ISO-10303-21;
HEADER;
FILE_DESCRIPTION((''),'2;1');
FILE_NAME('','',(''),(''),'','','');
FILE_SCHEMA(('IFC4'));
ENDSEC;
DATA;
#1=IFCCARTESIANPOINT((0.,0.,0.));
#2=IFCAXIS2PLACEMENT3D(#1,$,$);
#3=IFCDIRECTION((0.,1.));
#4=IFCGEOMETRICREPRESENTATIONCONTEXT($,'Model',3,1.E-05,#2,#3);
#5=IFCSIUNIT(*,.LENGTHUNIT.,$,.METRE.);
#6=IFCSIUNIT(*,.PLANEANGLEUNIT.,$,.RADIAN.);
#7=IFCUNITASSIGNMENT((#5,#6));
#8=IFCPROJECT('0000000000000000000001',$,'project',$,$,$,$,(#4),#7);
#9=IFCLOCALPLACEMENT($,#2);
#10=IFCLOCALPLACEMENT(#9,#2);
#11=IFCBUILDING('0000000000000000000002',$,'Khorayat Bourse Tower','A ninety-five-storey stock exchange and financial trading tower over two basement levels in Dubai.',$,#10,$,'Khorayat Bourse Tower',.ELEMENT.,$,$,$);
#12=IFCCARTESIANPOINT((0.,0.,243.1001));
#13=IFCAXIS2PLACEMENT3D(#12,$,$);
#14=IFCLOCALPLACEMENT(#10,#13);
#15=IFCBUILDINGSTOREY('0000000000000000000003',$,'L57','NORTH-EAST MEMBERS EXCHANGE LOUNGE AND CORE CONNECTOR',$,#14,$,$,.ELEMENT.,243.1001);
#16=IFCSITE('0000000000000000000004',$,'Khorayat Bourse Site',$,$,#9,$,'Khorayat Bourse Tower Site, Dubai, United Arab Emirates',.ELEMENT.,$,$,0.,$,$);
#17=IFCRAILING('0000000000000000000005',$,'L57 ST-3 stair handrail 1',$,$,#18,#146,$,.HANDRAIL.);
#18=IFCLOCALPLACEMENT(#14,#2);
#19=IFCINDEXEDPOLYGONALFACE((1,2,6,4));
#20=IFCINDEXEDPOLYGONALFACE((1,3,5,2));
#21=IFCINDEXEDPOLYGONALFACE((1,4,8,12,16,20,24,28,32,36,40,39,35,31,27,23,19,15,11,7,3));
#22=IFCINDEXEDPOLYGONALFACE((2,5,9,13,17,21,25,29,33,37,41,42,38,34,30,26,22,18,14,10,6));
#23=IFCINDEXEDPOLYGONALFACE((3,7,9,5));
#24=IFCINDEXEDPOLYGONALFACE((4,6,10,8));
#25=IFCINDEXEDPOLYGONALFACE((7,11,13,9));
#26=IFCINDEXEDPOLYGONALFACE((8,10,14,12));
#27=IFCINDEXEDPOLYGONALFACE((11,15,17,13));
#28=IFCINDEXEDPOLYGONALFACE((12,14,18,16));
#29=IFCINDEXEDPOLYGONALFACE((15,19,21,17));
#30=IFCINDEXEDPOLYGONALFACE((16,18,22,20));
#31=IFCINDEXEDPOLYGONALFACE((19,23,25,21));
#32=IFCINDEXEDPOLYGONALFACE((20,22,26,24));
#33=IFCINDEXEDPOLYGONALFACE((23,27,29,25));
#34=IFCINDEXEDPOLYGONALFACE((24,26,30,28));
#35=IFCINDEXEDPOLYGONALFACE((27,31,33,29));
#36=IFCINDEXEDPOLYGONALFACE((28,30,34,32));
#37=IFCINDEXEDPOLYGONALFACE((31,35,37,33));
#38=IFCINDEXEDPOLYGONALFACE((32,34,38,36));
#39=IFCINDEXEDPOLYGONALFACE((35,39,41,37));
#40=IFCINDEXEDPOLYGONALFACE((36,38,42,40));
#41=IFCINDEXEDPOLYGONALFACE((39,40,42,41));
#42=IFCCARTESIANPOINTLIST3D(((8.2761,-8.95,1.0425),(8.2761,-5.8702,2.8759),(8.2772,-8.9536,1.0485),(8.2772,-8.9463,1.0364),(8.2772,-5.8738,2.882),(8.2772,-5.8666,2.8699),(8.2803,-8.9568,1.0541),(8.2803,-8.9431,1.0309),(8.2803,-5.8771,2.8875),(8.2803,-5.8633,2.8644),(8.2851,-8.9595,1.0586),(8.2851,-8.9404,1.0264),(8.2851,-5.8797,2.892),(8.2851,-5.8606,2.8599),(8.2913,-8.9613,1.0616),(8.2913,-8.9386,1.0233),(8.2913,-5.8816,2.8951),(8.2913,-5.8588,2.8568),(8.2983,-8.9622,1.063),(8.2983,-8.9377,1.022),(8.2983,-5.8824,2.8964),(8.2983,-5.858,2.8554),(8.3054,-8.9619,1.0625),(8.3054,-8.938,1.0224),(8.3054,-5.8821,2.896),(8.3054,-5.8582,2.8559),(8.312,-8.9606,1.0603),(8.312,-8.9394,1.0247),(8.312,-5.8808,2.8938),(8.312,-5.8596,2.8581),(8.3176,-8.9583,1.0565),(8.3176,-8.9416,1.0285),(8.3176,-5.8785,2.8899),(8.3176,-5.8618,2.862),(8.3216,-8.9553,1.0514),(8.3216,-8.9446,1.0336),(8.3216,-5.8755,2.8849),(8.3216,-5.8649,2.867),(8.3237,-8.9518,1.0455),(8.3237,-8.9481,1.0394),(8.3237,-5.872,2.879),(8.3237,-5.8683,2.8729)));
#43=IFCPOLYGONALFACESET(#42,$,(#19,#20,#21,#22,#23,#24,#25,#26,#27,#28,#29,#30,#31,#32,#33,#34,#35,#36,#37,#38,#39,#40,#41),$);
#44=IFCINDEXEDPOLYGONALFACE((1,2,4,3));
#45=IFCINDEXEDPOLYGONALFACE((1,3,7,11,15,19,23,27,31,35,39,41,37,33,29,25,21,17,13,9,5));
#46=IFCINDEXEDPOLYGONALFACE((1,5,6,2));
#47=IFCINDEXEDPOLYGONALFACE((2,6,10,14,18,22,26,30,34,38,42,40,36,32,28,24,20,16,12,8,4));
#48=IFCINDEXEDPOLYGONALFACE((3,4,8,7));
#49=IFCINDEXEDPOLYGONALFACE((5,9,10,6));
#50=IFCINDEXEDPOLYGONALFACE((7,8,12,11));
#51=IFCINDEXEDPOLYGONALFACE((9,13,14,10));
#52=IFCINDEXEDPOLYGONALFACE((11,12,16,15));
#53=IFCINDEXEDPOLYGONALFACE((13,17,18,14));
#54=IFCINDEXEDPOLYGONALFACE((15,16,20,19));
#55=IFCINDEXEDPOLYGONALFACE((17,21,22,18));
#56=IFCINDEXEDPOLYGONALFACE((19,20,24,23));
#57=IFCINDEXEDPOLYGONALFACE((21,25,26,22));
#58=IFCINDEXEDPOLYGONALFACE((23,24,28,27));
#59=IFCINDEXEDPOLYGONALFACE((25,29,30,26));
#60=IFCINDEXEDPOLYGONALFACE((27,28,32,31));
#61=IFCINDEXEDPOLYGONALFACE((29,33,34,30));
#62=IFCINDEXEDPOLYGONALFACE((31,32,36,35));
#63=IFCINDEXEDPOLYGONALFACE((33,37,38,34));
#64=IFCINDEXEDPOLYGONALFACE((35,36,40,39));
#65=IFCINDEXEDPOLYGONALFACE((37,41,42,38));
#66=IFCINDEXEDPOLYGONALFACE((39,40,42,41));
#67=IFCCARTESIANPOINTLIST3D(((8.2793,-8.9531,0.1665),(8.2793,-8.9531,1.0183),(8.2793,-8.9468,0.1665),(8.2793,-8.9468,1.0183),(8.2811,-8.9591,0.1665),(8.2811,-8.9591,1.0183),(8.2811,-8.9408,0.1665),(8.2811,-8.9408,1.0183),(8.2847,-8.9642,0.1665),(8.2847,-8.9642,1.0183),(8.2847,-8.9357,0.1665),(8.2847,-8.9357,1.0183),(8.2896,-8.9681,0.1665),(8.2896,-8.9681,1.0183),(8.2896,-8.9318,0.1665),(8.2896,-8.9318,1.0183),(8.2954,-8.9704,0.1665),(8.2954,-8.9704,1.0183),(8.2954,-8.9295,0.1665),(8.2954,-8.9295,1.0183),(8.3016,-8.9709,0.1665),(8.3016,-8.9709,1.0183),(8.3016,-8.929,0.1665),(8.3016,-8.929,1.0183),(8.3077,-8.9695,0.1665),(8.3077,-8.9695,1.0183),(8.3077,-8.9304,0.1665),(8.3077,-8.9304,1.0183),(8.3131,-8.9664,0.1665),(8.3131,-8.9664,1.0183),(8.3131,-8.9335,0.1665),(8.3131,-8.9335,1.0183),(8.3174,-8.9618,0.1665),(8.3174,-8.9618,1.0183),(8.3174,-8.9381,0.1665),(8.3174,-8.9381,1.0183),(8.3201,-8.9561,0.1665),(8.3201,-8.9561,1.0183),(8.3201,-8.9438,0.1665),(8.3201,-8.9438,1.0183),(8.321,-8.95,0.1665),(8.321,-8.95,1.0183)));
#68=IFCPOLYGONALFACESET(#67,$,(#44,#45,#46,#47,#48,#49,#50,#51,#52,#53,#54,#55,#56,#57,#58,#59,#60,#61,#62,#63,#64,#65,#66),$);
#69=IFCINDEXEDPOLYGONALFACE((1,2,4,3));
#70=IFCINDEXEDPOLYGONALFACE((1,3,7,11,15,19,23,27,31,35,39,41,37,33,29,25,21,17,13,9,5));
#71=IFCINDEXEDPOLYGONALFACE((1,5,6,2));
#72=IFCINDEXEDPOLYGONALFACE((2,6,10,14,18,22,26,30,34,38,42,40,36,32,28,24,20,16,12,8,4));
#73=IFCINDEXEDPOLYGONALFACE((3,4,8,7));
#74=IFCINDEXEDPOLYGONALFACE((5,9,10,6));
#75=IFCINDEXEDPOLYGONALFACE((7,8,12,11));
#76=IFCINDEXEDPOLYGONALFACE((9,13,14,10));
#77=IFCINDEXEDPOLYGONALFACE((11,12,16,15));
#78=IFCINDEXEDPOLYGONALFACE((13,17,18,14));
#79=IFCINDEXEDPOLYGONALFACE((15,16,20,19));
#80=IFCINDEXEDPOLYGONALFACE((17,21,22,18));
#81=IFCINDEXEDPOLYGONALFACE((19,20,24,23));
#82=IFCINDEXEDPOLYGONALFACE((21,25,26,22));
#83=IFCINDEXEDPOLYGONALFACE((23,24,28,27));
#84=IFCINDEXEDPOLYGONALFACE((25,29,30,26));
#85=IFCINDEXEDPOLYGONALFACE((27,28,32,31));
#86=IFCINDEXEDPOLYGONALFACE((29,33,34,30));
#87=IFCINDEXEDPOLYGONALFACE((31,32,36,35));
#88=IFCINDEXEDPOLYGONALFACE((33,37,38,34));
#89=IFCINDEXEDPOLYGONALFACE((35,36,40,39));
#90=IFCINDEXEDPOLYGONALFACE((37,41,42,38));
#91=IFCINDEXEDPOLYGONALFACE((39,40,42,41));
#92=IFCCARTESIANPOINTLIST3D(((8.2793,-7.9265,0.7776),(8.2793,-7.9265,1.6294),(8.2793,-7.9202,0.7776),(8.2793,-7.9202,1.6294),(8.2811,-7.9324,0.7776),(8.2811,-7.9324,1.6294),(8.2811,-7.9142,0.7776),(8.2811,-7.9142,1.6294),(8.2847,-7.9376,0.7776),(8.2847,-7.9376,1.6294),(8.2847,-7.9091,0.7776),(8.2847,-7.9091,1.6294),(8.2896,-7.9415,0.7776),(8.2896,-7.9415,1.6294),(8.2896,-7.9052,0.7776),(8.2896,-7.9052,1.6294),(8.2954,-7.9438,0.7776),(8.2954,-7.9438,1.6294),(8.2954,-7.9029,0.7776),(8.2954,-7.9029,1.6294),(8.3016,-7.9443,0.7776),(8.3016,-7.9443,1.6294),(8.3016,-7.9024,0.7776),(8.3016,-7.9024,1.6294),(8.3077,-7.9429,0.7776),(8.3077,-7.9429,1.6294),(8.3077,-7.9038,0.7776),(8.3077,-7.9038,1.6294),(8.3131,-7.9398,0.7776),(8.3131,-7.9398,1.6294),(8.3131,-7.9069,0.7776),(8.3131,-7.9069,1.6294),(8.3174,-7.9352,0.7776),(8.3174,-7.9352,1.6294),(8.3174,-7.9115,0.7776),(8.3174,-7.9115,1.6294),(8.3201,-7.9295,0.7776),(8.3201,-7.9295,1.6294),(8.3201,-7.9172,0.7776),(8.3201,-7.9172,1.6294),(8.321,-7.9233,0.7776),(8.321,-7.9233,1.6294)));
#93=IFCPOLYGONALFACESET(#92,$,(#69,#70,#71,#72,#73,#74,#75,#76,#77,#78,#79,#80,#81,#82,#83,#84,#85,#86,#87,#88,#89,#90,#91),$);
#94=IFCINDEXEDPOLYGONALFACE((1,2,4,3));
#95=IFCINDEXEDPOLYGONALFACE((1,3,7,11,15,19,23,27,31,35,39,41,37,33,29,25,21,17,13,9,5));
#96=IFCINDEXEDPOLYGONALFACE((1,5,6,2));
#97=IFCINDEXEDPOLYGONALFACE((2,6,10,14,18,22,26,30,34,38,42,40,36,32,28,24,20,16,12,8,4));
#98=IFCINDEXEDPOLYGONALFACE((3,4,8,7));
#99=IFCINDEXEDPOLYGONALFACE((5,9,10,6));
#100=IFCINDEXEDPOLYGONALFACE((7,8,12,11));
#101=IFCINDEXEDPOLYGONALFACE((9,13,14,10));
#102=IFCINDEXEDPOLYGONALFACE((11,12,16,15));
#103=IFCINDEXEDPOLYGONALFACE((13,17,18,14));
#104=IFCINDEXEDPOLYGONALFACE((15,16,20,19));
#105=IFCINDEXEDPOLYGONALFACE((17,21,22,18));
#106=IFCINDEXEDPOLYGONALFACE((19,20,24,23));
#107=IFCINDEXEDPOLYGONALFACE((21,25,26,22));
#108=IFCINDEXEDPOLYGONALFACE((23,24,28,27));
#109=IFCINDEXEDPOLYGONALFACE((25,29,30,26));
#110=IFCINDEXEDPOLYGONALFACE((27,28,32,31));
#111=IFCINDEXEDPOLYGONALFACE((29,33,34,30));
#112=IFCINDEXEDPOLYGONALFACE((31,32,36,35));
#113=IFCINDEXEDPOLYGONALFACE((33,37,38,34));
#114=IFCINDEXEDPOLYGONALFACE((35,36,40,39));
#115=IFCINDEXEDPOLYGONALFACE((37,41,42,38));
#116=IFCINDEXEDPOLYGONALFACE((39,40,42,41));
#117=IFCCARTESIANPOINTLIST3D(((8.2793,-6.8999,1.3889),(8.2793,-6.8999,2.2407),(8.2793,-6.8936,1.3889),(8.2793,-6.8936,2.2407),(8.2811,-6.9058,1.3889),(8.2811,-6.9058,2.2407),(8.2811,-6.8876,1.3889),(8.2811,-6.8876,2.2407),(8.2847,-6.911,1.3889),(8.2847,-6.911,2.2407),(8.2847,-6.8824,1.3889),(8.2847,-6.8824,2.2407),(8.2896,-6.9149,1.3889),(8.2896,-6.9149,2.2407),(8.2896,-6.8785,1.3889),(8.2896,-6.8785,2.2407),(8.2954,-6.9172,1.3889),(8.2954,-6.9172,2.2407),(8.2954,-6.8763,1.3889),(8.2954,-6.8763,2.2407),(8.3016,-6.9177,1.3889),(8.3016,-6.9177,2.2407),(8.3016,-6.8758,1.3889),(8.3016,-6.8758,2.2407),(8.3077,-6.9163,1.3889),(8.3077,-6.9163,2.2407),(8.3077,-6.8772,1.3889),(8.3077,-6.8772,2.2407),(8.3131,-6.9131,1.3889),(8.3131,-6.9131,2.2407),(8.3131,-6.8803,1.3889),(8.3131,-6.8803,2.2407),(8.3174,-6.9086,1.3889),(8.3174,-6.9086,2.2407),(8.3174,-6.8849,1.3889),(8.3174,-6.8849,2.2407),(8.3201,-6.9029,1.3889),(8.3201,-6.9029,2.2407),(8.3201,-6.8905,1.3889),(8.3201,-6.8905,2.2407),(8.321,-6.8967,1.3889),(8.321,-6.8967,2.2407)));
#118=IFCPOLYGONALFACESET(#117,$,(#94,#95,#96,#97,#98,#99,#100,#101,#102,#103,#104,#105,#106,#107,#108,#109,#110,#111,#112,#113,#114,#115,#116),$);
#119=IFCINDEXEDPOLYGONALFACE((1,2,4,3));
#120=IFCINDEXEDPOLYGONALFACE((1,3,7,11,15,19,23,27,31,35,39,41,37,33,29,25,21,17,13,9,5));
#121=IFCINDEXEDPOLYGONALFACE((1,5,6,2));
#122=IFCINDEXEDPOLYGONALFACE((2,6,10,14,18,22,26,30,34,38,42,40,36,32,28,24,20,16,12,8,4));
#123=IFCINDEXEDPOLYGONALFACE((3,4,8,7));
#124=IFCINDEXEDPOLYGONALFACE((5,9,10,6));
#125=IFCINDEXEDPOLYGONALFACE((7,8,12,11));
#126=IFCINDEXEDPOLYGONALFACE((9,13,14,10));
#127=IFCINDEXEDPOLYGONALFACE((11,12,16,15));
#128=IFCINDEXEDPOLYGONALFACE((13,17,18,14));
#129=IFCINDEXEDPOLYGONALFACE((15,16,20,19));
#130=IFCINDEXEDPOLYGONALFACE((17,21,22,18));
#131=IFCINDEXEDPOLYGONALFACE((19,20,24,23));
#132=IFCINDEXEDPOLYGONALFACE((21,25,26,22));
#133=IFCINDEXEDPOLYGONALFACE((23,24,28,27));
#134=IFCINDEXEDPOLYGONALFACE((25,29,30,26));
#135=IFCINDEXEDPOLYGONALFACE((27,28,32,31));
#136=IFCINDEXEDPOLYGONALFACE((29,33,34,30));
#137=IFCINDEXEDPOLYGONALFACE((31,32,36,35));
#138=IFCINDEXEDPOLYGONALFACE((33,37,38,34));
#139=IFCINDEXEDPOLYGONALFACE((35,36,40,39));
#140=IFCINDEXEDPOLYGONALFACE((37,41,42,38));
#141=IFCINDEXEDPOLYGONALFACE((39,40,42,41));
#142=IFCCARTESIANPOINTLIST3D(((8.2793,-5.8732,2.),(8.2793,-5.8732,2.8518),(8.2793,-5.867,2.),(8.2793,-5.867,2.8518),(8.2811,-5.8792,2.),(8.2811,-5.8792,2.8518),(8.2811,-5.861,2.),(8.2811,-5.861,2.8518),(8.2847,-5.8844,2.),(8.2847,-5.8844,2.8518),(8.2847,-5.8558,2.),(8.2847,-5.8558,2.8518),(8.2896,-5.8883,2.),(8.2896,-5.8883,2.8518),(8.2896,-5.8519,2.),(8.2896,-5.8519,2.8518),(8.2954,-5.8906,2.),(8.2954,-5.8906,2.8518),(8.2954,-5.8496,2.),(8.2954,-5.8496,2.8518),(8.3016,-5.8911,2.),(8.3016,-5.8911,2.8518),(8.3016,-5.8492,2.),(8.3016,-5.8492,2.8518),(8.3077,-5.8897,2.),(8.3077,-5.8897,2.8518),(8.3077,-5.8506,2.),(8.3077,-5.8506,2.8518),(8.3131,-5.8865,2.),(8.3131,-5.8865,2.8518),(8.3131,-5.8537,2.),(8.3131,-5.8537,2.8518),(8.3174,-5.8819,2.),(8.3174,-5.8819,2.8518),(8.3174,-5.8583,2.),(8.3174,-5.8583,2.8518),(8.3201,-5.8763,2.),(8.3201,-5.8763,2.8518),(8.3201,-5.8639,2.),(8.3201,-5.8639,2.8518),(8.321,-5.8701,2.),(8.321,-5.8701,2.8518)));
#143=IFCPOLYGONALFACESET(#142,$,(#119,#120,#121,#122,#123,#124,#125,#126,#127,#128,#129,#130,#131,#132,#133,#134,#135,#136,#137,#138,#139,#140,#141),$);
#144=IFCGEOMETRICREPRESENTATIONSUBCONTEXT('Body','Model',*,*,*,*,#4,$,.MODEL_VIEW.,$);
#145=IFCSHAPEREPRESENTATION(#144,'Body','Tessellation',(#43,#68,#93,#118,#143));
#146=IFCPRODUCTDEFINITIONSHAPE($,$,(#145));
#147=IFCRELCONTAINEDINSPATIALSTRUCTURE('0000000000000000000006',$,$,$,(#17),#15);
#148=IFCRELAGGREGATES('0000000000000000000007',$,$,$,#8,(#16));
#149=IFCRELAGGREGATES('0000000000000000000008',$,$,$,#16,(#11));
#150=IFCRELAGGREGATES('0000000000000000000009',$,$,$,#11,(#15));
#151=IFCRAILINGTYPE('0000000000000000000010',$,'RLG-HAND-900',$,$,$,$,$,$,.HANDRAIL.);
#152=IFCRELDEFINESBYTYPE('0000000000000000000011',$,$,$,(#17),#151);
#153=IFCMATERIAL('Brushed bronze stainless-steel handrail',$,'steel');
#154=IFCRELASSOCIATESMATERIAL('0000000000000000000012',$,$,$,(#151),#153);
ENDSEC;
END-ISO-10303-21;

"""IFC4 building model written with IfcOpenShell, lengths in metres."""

from ifc_helpers import new_model, si_unit, direction, frame, origin, origin_2d, place, context, subcontext, project, spatial, circle, extrude, source, transform, mapped, material, type_object, element, save


model = new_model("IFC4")

# Units and contexts
model_context = context("Model", 3, precision=1e-05, world=origin(), true_north=direction((0.0, 1.0)))
body_context = subcontext(model_context, "Body", "Model", "MODEL_VIEW")
ifc_project = project(units=[si_unit("LENGTHUNIT", "METRE"), si_unit("PLANEANGLEUNIT", "RADIAN")], contexts=[model_context])

# Site, building, storey
site_placement = place(None, origin())
site = spatial("IfcSite", under=ifc_project, at=site_placement, Name="Khorayat Bourse Site", LongName="Khorayat Bourse Tower Site, Dubai, United Arab Emirates", CompositionType="ELEMENT", RefElevation=0.0)
building_placement = place(site_placement, origin())
building = spatial("IfcBuilding", under=site, at=building_placement, Name="Khorayat Bourse Tower", Description="A ninety-five-storey stock exchange and financial trading tower over two basement levels in Dubai.", LongName="Khorayat Bourse Tower", CompositionType="ELEMENT")
storey_placement = place(building_placement, frame((0.0, 0.0, 243.1001)))
storey = spatial("IfcBuildingStorey", under=building, at=storey_placement, Name="L57", Description="NORTH-EAST MEMBERS EXCHANGE LOUNGE AND CORE CONNECTOR", CompositionType="ELEMENT", Elevation=243.1001)

# Railing
ifc_material_1 = material(Name="Brushed bronze stainless-steel handrail", Category="steel")
railing_type_1 = type_object("IfcRailingType", Name="RLG-HAND-900", PredefinedType="HANDRAIL", material=ifc_material_1)
shared_shape_1 = source(origin(), body_context, "Body", "SweptSolid", [
    extrude(circle(Radius=0.0239, at=origin_2d()), frame((0.0, 0.0, 0.876), z_axis=(0.0, 0.859261, 0.511538), x_axis=(-1.0, 0.0, 0.0)), (0.0, 0.0, 1.0), 3.5842),
    extrude(circle(Radius=0.021, at=origin_2d()), origin(), (0.0, 0.0, 1.0), 0.8518),
    extrude(circle(Radius=0.021, at=origin_2d()), frame((0.0, 1.0266, 0.6111)), (0.0, 0.0, 1.0), 0.8518),
    extrude(circle(Radius=0.021, at=origin_2d()), frame((0.0, 2.0532, 1.2224)), (0.0, 0.0, 1.0), 0.8518),
    extrude(circle(Radius=0.021, at=origin_2d()), frame((0.0, 3.0798, 1.8335)), (0.0, 0.0, 1.0), 0.8518),
])
railing_1_placement = place(storey_placement, frame((8.3, -8.95, 0.1665)))
element("IfcRailing", 1, at=railing_1_placement, inside=storey, type_object=railing_type_1, Name="L57 ST-3 stair handrail 1", PredefinedType="HANDRAIL", context=body_context, shape_type="MappedRepresentation", body=[
    mapped(shared_shape_1, transform((0.0, 0.0, 0.0), scale=1.0)),
])

save(model, "model.ifc")
